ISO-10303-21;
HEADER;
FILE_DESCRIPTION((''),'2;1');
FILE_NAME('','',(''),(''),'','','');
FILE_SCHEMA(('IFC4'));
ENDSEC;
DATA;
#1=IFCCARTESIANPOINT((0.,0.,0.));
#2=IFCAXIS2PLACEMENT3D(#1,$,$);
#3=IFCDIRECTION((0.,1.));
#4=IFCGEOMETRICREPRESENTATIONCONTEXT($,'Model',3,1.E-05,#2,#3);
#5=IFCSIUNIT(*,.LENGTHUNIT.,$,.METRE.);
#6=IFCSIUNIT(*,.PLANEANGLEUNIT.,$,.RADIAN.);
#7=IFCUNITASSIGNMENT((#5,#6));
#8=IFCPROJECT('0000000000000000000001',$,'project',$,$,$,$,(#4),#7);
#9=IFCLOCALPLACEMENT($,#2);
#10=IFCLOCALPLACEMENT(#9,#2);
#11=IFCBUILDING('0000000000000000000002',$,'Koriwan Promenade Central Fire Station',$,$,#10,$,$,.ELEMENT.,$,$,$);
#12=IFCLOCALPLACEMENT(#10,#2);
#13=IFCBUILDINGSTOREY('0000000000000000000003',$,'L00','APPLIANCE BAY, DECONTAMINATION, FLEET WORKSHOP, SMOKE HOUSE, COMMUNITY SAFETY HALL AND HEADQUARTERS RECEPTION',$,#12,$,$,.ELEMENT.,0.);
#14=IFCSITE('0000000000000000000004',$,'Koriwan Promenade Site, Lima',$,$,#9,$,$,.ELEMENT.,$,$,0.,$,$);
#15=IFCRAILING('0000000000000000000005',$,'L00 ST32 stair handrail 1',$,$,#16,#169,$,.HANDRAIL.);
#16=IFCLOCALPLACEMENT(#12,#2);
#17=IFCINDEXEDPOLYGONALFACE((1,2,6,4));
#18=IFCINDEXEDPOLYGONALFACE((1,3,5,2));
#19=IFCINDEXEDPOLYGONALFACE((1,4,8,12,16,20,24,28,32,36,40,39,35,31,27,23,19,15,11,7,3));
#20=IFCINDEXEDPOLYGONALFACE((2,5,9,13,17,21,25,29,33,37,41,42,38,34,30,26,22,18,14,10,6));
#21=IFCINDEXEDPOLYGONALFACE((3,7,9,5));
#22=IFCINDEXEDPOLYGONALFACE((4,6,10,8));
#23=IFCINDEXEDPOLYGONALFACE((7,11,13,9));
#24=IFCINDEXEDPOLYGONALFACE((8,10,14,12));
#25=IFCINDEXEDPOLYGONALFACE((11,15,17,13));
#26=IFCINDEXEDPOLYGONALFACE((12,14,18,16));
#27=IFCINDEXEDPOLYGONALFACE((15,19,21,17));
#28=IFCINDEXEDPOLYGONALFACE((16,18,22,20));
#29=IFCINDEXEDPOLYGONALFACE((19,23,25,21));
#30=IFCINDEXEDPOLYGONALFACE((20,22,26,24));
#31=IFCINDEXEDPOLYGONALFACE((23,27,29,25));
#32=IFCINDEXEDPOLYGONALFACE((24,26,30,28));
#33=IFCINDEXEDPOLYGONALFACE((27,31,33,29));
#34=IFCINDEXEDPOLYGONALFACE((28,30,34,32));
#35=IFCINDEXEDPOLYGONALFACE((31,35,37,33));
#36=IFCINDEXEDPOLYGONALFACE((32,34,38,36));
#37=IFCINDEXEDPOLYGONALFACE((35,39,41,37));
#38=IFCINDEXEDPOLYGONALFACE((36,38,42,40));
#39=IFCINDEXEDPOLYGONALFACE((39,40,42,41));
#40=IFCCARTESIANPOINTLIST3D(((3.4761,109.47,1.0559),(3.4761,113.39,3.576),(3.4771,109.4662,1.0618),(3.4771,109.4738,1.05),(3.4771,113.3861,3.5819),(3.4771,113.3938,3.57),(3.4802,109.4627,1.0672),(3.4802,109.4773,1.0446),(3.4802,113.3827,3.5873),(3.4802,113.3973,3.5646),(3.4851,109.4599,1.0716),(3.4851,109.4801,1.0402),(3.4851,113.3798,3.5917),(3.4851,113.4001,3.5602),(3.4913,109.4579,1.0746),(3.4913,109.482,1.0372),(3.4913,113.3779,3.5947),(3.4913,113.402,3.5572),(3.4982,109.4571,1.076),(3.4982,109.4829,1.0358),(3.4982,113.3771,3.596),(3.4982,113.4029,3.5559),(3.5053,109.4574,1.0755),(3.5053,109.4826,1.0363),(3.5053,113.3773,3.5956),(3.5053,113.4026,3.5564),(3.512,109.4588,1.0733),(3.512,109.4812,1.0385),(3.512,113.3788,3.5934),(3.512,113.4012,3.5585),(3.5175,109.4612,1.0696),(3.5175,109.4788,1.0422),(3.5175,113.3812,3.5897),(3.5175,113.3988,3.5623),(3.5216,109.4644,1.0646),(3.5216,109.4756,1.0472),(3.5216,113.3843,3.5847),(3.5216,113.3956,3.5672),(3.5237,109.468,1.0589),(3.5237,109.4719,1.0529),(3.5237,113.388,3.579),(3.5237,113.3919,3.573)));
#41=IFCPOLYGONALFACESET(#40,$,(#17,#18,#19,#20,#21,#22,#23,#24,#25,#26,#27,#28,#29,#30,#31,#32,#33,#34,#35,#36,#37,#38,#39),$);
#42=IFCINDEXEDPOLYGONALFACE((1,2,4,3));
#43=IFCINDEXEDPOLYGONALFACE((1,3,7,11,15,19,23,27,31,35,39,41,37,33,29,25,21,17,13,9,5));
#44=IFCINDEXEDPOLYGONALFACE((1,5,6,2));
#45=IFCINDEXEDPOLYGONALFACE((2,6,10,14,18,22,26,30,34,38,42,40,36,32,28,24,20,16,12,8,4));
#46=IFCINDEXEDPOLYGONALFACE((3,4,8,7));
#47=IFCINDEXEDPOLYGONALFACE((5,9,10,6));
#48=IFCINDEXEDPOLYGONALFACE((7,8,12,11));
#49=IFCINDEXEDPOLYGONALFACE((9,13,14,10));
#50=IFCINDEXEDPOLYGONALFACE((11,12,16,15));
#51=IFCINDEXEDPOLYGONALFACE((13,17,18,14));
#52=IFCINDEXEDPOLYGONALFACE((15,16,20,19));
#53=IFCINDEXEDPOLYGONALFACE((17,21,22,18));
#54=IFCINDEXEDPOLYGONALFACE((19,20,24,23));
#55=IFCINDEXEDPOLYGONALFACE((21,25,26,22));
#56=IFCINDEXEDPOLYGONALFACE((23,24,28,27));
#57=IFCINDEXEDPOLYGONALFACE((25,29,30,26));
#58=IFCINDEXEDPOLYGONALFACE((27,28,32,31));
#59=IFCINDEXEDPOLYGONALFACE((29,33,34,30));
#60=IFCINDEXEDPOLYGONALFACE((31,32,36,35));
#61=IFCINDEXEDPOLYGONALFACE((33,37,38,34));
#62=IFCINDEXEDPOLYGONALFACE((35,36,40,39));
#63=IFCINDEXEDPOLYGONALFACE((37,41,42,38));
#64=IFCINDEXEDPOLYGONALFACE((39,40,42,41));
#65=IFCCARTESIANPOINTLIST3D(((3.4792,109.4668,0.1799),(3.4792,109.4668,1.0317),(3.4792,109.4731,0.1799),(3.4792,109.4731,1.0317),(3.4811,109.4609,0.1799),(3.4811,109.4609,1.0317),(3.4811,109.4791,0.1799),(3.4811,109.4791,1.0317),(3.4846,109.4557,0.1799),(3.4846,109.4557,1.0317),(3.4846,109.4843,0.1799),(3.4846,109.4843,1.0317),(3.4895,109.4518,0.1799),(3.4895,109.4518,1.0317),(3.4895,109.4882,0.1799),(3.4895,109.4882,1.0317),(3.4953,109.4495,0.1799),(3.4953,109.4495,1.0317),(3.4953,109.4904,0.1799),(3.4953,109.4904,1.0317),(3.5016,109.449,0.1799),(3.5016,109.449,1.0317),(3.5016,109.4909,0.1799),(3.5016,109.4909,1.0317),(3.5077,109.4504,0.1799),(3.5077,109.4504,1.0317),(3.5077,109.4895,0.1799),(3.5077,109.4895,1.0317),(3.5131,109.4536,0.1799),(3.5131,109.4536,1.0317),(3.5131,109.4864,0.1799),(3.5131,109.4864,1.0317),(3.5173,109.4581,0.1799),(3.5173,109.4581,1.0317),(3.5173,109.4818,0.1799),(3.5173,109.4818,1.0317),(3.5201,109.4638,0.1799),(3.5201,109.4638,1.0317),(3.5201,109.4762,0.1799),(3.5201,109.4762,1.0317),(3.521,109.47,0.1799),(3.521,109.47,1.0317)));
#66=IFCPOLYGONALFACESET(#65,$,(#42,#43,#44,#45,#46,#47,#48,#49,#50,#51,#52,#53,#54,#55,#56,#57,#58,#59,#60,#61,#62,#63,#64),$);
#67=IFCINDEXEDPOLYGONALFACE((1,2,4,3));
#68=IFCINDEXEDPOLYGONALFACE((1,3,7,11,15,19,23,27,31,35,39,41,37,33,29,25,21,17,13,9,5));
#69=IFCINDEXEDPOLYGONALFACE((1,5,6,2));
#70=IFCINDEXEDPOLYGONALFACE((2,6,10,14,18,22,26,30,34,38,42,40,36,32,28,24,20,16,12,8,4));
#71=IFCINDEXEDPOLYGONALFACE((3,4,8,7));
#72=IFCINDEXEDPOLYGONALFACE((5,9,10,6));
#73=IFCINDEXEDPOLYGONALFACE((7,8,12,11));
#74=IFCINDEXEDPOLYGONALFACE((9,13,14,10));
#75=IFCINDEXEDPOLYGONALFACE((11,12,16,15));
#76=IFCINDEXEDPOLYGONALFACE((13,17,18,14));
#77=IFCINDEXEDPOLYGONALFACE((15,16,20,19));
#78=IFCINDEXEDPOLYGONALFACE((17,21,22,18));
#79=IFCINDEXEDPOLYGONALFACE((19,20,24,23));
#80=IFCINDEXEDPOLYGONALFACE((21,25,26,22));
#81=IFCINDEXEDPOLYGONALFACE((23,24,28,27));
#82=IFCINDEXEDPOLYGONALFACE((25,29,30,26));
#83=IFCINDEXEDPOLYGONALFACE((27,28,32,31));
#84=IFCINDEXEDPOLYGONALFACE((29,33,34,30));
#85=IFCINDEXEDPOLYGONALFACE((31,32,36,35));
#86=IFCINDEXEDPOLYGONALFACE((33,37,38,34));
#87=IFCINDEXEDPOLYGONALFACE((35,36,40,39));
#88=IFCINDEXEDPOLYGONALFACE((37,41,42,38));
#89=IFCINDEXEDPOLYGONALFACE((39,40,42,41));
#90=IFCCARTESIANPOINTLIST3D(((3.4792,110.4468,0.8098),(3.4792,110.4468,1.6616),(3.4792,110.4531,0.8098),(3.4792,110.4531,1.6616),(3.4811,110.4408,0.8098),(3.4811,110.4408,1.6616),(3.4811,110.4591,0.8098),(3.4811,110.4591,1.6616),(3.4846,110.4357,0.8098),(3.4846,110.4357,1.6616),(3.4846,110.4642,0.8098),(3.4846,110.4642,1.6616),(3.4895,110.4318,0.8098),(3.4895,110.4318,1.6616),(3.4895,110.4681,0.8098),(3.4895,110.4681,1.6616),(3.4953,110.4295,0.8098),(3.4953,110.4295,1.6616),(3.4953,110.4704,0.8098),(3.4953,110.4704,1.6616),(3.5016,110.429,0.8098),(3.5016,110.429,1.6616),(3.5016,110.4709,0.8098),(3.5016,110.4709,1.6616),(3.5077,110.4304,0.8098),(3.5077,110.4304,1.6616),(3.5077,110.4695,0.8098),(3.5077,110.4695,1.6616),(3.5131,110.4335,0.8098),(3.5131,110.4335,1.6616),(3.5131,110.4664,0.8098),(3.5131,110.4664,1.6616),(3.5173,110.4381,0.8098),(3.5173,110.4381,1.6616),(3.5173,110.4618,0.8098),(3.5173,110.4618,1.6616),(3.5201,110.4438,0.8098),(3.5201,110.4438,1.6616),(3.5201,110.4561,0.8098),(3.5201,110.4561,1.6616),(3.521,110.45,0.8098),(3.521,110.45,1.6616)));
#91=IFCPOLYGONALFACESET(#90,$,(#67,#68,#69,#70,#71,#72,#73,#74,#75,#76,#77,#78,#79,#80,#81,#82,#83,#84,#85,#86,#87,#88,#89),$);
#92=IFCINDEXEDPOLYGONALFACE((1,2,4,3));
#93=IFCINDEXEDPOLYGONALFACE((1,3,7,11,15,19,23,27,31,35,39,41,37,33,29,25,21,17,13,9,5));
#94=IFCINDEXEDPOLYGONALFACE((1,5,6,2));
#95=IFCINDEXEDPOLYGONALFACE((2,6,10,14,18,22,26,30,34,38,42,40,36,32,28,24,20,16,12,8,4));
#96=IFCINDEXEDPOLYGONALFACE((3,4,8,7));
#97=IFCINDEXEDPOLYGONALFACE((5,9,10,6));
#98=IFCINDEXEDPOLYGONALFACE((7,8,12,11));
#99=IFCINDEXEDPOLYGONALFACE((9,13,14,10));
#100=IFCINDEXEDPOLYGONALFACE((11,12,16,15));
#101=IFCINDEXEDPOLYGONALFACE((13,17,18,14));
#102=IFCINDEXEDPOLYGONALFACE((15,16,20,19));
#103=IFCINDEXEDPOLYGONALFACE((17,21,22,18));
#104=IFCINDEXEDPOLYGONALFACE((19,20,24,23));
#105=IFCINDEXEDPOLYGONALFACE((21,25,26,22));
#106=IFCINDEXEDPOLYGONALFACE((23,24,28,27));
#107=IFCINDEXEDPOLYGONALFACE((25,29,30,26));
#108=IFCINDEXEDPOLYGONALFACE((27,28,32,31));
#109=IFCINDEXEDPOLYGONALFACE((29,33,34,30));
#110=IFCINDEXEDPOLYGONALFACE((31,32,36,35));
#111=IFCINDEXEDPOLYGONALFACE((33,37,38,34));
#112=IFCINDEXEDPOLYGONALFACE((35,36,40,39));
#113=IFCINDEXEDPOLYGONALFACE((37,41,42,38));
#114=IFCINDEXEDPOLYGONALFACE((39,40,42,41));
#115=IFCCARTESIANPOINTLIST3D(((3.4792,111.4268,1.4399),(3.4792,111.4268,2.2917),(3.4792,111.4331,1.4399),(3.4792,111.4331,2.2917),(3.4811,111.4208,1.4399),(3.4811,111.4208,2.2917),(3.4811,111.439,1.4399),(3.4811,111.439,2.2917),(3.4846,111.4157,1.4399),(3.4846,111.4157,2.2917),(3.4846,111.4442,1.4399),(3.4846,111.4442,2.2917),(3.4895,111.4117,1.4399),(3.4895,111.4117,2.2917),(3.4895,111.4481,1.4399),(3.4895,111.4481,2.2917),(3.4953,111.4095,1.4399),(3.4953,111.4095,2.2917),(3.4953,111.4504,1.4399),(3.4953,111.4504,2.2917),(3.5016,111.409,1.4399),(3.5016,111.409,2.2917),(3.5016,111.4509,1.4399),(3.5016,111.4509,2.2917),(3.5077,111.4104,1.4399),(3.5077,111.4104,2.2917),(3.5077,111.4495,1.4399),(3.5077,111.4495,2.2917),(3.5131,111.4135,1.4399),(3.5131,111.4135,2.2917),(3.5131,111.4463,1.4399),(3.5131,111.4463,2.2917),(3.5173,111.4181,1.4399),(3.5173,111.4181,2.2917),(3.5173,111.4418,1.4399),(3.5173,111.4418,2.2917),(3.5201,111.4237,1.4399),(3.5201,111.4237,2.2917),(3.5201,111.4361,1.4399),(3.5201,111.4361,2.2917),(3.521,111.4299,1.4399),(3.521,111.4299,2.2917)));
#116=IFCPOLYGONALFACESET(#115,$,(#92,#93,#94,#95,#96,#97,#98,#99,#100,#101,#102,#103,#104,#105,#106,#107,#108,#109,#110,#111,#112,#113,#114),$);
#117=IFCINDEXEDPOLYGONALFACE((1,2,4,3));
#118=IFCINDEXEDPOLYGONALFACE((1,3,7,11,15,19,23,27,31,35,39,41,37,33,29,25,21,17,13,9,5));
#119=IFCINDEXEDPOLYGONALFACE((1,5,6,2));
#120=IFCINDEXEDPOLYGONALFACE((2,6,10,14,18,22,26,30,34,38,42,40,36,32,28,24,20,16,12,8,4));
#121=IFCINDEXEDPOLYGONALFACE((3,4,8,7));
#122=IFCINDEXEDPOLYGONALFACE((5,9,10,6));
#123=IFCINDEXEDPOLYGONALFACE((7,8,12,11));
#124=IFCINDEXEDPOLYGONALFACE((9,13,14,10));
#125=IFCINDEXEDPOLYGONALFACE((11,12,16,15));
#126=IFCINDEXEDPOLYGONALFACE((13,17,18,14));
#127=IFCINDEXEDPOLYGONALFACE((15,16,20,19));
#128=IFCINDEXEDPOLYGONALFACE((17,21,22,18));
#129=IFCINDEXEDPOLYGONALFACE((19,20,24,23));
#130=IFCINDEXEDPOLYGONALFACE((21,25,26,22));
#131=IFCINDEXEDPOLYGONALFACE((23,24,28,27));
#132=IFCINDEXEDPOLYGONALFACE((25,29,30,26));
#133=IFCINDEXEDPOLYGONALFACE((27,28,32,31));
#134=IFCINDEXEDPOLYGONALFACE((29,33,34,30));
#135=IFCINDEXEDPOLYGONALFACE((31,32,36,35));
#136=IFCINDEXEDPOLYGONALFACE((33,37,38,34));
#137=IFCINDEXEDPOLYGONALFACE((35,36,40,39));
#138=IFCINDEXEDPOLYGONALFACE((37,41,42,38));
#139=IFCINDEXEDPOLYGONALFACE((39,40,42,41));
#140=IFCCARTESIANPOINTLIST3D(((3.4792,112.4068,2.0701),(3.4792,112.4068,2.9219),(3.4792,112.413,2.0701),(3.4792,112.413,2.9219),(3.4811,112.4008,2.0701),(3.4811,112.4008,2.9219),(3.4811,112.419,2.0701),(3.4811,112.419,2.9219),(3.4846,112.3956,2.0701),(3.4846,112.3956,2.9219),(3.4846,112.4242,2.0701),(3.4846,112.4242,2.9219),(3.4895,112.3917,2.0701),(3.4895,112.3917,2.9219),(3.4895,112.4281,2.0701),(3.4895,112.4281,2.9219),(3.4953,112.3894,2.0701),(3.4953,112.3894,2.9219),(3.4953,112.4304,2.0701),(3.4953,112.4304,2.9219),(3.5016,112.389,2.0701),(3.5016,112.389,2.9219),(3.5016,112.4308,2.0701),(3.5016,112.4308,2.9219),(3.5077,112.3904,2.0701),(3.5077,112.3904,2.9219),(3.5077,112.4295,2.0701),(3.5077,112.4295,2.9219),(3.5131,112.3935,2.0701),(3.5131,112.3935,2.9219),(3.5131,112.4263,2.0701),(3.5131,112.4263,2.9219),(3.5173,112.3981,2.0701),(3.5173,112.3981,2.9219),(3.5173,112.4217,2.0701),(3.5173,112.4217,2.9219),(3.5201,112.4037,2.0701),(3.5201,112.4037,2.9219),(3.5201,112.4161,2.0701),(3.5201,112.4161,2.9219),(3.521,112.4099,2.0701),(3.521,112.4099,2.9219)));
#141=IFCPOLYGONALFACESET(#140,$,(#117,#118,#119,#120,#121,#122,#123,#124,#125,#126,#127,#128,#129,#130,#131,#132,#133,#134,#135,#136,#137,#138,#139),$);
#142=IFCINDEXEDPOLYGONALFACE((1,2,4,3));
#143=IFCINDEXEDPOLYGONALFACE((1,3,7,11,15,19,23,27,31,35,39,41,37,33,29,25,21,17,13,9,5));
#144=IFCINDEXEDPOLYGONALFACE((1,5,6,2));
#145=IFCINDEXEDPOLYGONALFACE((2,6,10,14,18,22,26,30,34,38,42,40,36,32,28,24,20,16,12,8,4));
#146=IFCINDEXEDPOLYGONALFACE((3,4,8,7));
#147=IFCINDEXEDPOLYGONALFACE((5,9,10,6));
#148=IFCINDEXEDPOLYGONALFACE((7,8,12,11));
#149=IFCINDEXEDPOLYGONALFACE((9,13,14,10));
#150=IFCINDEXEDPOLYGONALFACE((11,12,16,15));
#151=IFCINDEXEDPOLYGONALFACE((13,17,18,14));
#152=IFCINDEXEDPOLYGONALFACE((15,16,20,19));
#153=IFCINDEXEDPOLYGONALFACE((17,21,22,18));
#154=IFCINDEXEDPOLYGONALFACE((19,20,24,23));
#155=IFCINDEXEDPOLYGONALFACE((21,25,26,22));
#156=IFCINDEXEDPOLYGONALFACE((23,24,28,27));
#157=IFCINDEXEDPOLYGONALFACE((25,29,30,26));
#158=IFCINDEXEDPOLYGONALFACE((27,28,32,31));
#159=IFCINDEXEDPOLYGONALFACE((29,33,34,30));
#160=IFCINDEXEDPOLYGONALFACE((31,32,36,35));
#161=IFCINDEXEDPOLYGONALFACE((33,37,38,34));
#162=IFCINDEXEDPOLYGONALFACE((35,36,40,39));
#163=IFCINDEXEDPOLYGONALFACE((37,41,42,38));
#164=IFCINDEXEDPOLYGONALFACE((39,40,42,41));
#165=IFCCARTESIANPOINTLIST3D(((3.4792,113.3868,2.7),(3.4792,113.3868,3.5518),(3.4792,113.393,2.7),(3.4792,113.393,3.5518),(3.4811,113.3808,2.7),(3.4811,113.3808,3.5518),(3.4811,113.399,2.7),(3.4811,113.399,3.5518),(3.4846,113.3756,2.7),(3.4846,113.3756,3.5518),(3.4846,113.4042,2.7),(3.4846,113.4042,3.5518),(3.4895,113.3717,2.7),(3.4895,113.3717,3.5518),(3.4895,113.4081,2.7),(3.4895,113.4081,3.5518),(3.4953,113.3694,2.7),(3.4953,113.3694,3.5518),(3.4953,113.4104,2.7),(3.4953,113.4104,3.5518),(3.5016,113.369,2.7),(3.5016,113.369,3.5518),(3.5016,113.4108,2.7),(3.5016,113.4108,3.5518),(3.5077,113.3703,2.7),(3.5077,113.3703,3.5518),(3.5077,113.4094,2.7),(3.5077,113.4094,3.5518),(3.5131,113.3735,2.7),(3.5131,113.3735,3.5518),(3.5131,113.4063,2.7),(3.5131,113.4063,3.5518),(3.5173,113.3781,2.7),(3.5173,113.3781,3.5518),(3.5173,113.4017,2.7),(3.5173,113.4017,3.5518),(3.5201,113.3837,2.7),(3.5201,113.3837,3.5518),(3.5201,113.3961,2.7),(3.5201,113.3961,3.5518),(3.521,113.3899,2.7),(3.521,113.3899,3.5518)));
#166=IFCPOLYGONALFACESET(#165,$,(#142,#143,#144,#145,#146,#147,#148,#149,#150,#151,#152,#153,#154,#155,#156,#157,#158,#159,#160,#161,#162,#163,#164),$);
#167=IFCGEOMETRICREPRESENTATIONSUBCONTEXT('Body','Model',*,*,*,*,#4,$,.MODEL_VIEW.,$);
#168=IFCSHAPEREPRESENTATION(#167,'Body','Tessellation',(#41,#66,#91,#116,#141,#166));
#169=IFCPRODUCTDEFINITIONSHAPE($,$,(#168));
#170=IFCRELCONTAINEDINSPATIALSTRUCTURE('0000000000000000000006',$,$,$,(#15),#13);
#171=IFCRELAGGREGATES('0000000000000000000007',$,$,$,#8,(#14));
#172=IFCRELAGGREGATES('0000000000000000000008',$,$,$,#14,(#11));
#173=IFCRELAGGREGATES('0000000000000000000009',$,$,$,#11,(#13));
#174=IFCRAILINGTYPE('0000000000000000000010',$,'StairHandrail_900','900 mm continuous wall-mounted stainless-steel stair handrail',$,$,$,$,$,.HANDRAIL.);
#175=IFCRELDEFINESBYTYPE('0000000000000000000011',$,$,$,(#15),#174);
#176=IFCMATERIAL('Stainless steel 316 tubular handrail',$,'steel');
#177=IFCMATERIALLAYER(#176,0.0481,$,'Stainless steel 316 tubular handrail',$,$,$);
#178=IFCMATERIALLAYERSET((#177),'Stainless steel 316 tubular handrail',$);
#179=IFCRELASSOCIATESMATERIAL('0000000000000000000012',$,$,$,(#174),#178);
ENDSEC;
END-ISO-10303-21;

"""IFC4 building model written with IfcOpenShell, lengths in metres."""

from ifc_helpers import new_model, si_unit, direction, frame, origin, origin_2d, place, context, subcontext, project, spatial, circle, extrude, material, layer, layer_set, type_object, element, save


model = new_model("IFC4")

# Units and contexts
model_context = context("Model", 3, precision=1e-05, world=origin(), true_north=direction((0.0, 1.0)))
body_context = subcontext(model_context, "Body", "Model", "MODEL_VIEW")
ifc_project = project(units=[si_unit("LENGTHUNIT", "METRE"), si_unit("PLANEANGLEUNIT", "RADIAN")], contexts=[model_context])

# Site, building, storey
site_placement = place(None, origin())
site = spatial("IfcSite", under=ifc_project, at=site_placement, Name="Koriwan Promenade Site, Lima", CompositionType="ELEMENT", RefElevation=0.0)
building_placement = place(site_placement, origin())
building = spatial("IfcBuilding", under=site, at=building_placement, Name="Koriwan Promenade Central Fire Station", CompositionType="ELEMENT")
storey_placement = place(building_placement, origin())
storey = spatial("IfcBuildingStorey", under=building, at=storey_placement, Name="L00", Description="APPLIANCE BAY, DECONTAMINATION, FLEET WORKSHOP, SMOKE HOUSE, COMMUNITY SAFETY HALL AND HEADQUARTERS RECEPTION", CompositionType="ELEMENT", Elevation=0.0)

# Railing
ifc_material_1 = material(Name="Stainless steel 316 tubular handrail", Category="steel")
ifc_layer_1 = layer(ifc_material_1, 0.0481, Name="Stainless steel 316 tubular handrail")
ifc_layer_set_1 = layer_set([ifc_layer_1], Name="Stainless steel 316 tubular handrail")
railing_type_1 = type_object("IfcRailingType", Name="StairHandrail_900", Description="900 mm continuous wall-mounted stainless-steel stair handrail", PredefinedType="HANDRAIL", material=ifc_layer_set_1)
railing_1_placement = place(storey_placement, frame((3.5, 109.47, 0.1799)))
element("IfcRailing", 1, at=railing_1_placement, inside=storey, type_object=railing_type_1, Name="L00 ST32 stair handrail 1", PredefinedType="HANDRAIL", context=body_context, shape_type="SweptSolid", body=[
    extrude(circle(Radius=0.0239, at=origin_2d()), frame((0.0, 0.0, 0.876), z_axis=(0.0, 0.841172, 0.540768), x_axis=(-1.0, 0.0, 0.0)), (0.0, 0.0, 1.0), 4.6602),
    extrude(circle(Radius=0.021, at=origin_2d()), origin(), (0.0, 0.0, 1.0), 0.8518),
    extrude(circle(Radius=0.021, at=origin_2d()), frame((0.0, 0.98, 0.6299)), (0.0, 0.0, 1.0), 0.8518),
    extrude(circle(Radius=0.021, at=origin_2d()), frame((0.0, 1.96, 1.26)), (0.0, 0.0, 1.0), 0.8518),
    extrude(circle(Radius=0.021, at=origin_2d()), frame((0.0, 2.9399, 1.8901)), (0.0, 0.0, 1.0), 0.8518),
    extrude(circle(Radius=0.021, at=origin_2d()), frame((0.0, 3.9199, 2.52)), (0.0, 0.0, 1.0), 0.8518),
])

save(model, "model.ifc")
